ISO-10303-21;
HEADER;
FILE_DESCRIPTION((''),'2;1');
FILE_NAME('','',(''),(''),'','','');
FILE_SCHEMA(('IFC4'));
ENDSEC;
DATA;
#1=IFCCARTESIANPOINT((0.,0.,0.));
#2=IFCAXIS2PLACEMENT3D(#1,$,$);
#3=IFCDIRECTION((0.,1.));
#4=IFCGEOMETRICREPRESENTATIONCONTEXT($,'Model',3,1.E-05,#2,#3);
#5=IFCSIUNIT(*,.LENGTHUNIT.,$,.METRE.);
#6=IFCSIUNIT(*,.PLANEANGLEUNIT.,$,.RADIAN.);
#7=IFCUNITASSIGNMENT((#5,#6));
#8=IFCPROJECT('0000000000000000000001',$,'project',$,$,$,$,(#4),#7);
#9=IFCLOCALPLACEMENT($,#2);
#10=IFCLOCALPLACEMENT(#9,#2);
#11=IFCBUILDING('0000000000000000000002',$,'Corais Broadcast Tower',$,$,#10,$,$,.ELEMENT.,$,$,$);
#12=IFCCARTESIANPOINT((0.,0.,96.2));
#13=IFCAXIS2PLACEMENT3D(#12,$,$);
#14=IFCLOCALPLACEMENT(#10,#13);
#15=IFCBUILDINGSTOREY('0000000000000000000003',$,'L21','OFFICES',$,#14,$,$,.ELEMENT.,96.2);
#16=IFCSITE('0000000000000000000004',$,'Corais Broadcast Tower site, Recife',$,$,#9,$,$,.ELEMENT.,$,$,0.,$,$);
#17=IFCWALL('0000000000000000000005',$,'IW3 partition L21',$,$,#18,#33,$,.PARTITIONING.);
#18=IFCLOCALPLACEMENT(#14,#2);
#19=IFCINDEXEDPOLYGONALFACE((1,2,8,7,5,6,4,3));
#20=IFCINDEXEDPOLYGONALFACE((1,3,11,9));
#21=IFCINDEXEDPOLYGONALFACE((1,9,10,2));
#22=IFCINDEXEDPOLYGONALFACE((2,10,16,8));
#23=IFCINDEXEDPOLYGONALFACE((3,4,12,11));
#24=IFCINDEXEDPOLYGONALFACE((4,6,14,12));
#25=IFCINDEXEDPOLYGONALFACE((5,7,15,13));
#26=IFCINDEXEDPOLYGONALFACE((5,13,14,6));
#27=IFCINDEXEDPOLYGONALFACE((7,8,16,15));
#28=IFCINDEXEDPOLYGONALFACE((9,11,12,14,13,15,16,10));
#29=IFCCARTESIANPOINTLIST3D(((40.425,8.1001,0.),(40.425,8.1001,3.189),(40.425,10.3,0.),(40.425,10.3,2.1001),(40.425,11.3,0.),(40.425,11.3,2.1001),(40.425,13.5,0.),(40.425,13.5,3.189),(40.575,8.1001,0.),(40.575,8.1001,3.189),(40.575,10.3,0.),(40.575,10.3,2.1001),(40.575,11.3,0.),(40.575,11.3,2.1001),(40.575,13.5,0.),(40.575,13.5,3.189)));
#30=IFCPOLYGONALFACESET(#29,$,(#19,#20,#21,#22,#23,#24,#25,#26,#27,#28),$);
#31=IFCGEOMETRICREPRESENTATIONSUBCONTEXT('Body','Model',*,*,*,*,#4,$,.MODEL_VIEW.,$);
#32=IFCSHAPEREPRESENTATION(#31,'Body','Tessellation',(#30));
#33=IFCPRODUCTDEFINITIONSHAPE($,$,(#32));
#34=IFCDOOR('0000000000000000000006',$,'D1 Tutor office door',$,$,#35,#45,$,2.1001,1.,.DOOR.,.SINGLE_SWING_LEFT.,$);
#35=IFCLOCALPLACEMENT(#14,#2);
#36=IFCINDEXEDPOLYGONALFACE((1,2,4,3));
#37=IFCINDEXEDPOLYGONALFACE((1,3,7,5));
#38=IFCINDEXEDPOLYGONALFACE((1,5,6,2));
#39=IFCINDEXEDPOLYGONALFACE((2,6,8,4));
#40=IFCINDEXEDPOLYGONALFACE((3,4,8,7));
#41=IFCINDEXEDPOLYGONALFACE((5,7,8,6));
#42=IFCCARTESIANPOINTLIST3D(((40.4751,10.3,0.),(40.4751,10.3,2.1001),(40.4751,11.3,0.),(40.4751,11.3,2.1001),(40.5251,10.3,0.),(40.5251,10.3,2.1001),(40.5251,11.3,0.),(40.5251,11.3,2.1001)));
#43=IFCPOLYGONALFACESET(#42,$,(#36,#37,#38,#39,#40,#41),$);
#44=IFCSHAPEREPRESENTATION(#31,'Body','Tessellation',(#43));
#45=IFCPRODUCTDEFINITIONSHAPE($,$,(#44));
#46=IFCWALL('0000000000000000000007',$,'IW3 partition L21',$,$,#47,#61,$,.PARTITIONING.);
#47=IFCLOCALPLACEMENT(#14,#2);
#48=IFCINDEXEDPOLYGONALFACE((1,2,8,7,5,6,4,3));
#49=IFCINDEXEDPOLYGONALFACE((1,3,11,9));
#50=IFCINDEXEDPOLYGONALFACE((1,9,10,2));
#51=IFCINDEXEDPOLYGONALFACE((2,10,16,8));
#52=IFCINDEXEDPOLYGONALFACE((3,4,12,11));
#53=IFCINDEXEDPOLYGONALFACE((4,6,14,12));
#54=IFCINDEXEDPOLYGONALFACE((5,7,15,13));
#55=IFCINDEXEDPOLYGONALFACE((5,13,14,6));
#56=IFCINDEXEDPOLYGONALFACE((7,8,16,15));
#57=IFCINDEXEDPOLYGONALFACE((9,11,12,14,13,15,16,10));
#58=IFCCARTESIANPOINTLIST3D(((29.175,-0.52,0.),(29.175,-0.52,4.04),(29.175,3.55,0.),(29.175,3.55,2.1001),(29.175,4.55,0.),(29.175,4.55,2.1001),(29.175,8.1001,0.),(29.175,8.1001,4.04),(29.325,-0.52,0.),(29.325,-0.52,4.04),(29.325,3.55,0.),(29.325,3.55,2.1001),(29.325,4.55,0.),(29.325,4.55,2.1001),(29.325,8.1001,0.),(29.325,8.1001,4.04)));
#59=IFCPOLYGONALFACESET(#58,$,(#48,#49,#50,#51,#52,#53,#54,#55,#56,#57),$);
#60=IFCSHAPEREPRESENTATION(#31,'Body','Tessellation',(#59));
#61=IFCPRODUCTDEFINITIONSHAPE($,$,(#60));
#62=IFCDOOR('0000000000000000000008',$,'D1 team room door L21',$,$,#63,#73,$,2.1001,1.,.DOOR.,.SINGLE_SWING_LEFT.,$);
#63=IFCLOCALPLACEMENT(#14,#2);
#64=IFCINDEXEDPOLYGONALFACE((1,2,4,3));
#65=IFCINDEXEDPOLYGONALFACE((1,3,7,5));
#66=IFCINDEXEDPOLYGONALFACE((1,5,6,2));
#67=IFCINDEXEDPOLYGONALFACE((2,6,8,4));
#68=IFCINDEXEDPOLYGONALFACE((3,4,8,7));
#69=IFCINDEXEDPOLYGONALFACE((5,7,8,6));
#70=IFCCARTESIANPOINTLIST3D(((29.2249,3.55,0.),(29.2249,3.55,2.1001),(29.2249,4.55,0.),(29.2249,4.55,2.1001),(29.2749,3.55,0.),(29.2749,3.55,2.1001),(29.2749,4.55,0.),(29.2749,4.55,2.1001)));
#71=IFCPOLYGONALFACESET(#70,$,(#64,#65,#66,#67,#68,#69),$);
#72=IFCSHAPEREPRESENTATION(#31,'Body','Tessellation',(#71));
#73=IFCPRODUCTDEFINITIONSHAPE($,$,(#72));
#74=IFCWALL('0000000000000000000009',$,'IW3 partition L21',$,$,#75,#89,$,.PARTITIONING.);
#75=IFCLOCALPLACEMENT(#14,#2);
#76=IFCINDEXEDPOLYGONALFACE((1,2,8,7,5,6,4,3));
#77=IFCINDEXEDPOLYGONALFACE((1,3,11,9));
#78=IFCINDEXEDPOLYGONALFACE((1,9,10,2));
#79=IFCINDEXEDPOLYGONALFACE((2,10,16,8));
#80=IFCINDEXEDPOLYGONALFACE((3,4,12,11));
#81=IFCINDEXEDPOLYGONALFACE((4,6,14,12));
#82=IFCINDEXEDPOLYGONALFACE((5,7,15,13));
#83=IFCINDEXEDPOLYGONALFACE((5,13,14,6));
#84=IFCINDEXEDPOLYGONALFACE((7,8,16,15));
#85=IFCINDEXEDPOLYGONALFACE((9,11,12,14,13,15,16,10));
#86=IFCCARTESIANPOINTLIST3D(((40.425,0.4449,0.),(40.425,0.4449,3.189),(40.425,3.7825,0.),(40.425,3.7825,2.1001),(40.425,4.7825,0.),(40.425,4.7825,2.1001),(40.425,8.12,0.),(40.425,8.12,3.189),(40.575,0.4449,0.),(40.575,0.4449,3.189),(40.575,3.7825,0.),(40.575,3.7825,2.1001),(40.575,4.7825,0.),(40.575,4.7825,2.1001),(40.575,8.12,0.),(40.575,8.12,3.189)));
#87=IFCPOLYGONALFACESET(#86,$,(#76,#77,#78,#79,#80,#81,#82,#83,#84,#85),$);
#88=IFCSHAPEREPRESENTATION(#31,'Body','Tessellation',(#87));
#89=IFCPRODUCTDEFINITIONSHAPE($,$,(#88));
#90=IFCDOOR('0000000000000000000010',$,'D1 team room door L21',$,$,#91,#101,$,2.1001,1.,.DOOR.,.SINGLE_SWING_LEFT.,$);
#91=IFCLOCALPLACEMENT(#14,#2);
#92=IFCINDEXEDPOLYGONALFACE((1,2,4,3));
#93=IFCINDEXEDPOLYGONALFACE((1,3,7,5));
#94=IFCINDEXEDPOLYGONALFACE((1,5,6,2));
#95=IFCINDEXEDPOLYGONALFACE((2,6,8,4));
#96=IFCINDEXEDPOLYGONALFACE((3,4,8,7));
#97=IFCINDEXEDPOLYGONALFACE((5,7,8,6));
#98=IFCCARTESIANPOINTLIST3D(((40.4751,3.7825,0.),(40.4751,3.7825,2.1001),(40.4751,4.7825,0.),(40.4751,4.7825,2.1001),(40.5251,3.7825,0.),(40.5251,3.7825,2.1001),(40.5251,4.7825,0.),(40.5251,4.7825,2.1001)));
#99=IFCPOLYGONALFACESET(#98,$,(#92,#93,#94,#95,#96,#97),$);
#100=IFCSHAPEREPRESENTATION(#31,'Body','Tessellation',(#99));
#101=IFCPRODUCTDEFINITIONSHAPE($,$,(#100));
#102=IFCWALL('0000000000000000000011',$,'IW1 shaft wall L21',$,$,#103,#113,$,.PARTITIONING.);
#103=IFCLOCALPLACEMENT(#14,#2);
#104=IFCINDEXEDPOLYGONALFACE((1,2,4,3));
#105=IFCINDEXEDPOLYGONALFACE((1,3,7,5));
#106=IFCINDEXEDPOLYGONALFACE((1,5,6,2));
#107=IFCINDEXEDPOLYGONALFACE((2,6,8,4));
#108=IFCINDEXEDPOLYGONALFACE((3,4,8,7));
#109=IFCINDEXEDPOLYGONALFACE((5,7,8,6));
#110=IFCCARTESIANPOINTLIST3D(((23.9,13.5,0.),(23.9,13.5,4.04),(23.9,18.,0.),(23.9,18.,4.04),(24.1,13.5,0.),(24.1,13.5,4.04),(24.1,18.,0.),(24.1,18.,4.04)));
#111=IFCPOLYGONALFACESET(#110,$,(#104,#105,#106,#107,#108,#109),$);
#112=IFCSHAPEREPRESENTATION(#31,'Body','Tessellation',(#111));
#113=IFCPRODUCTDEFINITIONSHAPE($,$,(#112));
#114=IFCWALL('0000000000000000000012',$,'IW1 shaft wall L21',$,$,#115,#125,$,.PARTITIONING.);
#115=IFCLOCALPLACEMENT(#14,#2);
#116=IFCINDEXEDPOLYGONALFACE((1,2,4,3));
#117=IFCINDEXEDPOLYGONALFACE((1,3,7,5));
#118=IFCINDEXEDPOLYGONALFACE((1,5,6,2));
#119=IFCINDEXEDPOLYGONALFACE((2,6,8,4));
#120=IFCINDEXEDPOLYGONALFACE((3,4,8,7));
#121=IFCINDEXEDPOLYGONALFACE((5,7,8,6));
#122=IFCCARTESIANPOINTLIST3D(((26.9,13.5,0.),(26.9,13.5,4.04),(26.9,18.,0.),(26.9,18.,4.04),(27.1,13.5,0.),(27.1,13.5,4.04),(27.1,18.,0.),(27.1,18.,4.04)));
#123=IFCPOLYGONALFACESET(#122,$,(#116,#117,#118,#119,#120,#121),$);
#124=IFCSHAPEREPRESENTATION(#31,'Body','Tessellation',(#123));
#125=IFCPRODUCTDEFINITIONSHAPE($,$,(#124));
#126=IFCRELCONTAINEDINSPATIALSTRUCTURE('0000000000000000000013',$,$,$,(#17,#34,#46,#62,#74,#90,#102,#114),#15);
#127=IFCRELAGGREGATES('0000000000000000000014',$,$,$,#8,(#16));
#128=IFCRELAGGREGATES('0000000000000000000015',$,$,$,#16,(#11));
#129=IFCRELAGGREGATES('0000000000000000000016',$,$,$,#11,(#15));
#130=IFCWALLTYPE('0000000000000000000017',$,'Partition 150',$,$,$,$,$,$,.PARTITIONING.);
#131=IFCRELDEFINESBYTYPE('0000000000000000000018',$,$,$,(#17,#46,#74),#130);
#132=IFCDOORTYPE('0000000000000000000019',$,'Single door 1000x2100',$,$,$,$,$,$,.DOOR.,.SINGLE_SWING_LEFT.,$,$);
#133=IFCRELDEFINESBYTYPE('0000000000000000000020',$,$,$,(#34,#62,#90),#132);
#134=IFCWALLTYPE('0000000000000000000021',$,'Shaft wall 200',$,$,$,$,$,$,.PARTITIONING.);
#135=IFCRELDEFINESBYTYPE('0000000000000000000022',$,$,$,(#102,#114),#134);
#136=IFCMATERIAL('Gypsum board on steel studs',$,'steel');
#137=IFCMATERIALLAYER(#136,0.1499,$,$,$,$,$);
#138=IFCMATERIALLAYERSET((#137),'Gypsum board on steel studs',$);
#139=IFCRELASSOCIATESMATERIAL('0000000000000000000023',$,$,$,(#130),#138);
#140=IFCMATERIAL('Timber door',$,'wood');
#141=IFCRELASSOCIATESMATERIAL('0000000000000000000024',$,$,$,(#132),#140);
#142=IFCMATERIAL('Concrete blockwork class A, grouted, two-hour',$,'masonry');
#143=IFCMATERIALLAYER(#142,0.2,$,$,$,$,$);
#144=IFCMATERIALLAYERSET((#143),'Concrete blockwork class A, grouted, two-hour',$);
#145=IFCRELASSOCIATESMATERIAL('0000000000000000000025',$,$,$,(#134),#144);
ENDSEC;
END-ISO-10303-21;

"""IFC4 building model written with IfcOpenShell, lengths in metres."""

from ifc_helpers import new_model, si_unit, direction, frame, frame_2d, origin, place, context, subcontext, project, spatial, rectangle, extrude, material, layer, layer_set, type_object, element, fill, save


model = new_model("IFC4")

# Units and contexts
model_context = context("Model", 3, precision=1e-05, world=origin(), true_north=direction((0.0, 1.0)))
body_context = subcontext(model_context, "Body", "Model", "MODEL_VIEW")
ifc_project = project(units=[si_unit("LENGTHUNIT", "METRE"), si_unit("PLANEANGLEUNIT", "RADIAN")], contexts=[model_context])

# Site, building, storey
site_placement = place(None, origin())
site = spatial("IfcSite", under=ifc_project, at=site_placement, Name="Corais Broadcast Tower site, Recife", CompositionType="ELEMENT", RefElevation=0.0)
building_placement = place(site_placement, origin())
building = spatial("IfcBuilding", under=site, at=building_placement, Name="Corais Broadcast Tower", CompositionType="ELEMENT")
storey_placement = place(building_placement, frame((0.0, 0.0, 96.2)))
storey = spatial("IfcBuildingStorey", under=building, at=storey_placement, Name="L21", Description="OFFICES", CompositionType="ELEMENT", Elevation=96.2)

# Shared definitions
ifc_material_1 = material(Name="Gypsum board on steel studs", Category="steel")
ifc_layer_1 = layer(ifc_material_1, 0.1499)
ifc_layer_set_1 = layer_set([ifc_layer_1], Name="Gypsum board on steel studs")
wall_type_1 = type_object("IfcWallType", Name="Partition 150", PredefinedType="PARTITIONING", material=ifc_layer_set_1)

# Shared definitions
ifc_material_2 = material(Name="Timber door", Category="wood")
door_type = type_object("IfcDoorType", Name="Single door 1000x2100", OperationType="SINGLE_SWING_LEFT", PredefinedType="DOOR", material=ifc_material_2)

# Walls, openings, doors
wall_1_placement = place(storey_placement, frame((40.5, 8.1001, 0.0), z_axis=(0.0, 0.0, 1.0), x_axis=(0.0, 1.0, 0.0)))
wall_1 = element("IfcWall", 1, at=wall_1_placement, inside=storey, type_object=wall_type_1, Name="IW3 partition L21", PredefinedType="PARTITIONING", context=body_context, shape_type="SweptSolid", body=[
    extrude(rectangle(XDim=5.3999, YDim=0.1499, at=frame_2d((2.7, 0.0))), origin(), (0.0, 0.0, 1.0), 3.189),
])
opening_1_placement = place(wall_1_placement, frame((2.2, 0.0, 0.0)))
opening_1 = element("IfcOpeningElement", 2, at=opening_1_placement, cuts=wall_1, PredefinedType="OPENING", context=body_context, shape_type="SweptSolid", body=[
    extrude(rectangle(XDim=1.0, YDim=2.1001, at=frame_2d((0.5, 1.05))), frame((0.0, 0.085, 0.0), z_axis=(0.0, -1.0, 0.0), x_axis=(1.0, 0.0, 0.0)), (0.0, 0.0, 1.0), 0.1699),
])
door_1_placement = place(opening_1_placement, origin())
door_1 = element("IfcDoor", 3, at=door_1_placement, inside=storey, type_object=door_type, Name="D1 Tutor office door", OperationType="SINGLE_SWING_LEFT", OverallHeight=2.1001, OverallWidth=1.0, PredefinedType="DOOR", context=body_context, shape_type="SweptSolid", body=[
    extrude(rectangle(XDim=1.0, YDim=2.1001, at=frame_2d((0.5, 1.05))), frame((0.0, 0.0249, 0.0), z_axis=(0.0, -1.0, 0.0), x_axis=(1.0, 0.0, 0.0)), (0.0, 0.0, 1.0), 0.05),
])
fill(opening_1, door_1)
wall_2_placement = place(storey_placement, frame((29.25, 8.1001, 0.0), z_axis=(0.0, 0.0, 1.0), x_axis=(0.0, -1.0, 0.0)))
wall_2 = element("IfcWall", 4, at=wall_2_placement, inside=storey, type_object=wall_type_1, Name="IW3 partition L21", PredefinedType="PARTITIONING", context=body_context, shape_type="SweptSolid", body=[
    extrude(rectangle(XDim=8.6201, YDim=0.1499, at=frame_2d((4.3101, 0.0))), origin(), (0.0, 0.0, 1.0), 4.04),
])
opening_2_placement = place(wall_2_placement, frame((3.55, 0.0, 0.0)))
opening_2 = element("IfcOpeningElement", 5, at=opening_2_placement, cuts=wall_2, PredefinedType="OPENING", context=body_context, shape_type="SweptSolid", body=[
    extrude(rectangle(XDim=1.0, YDim=2.1001, at=frame_2d((0.5, 1.05))), frame((0.0, 0.085, 0.0), z_axis=(0.0, -1.0, 0.0), x_axis=(1.0, 0.0, 0.0)), (0.0, 0.0, 1.0), 0.1699),
])
door_2_placement = place(opening_2_placement, origin())
door_2 = element("IfcDoor", 6, at=door_2_placement, inside=storey, type_object=door_type, Name="D1 team room door L21", OperationType="SINGLE_SWING_LEFT", OverallHeight=2.1001, OverallWidth=1.0, PredefinedType="DOOR", context=body_context, shape_type="SweptSolid", body=[
    extrude(rectangle(XDim=1.0, YDim=2.1001, at=frame_2d((0.5, 1.05))), frame((0.0, 0.0249, 0.0), z_axis=(0.0, -1.0, 0.0), x_axis=(1.0, 0.0, 0.0)), (0.0, 0.0, 1.0), 0.05),
])
fill(opening_2, door_2)
wall_3_placement = place(storey_placement, frame((40.5, 0.4451, 0.0), z_axis=(0.0, 0.0, 1.0), x_axis=(0.0, 1.0, 0.0)))
wall_3 = element("IfcWall", 7, at=wall_3_placement, inside=storey, type_object=wall_type_1, Name="IW3 partition L21", PredefinedType="PARTITIONING", context=body_context, shape_type="SweptSolid", body=[
    extrude(rectangle(XDim=7.675, YDim=0.1499, at=frame_2d((3.8374, 0.0))), origin(), (0.0, 0.0, 1.0), 3.189),
])
opening_3_placement = place(wall_3_placement, frame((3.3374, 0.0, 0.0)))
opening_3 = element("IfcOpeningElement", 8, at=opening_3_placement, cuts=wall_3, PredefinedType="OPENING", context=body_context, shape_type="SweptSolid", body=[
    extrude(rectangle(XDim=1.0, YDim=2.1001, at=frame_2d((0.5, 1.05))), frame((0.0, 0.085, 0.0), z_axis=(0.0, -1.0, 0.0), x_axis=(1.0, 0.0, 0.0)), (0.0, 0.0, 1.0), 0.1699),
])
door_3_placement = place(opening_3_placement, origin())
door_3 = element("IfcDoor", 9, at=door_3_placement, inside=storey, type_object=door_type, Name="D1 team room door L21", OperationType="SINGLE_SWING_LEFT", OverallHeight=2.1001, OverallWidth=1.0, PredefinedType="DOOR", context=body_context, shape_type="SweptSolid", body=[
    extrude(rectangle(XDim=1.0, YDim=2.1001, at=frame_2d((0.5, 1.05))), frame((0.0, 0.0249, 0.0), z_axis=(0.0, -1.0, 0.0), x_axis=(1.0, 0.0, 0.0)), (0.0, 0.0, 1.0), 0.05),
])
fill(opening_3, door_3)

# Walls
ifc_material_3 = material(Name="Concrete blockwork class A, grouted, two-hour", Category="masonry")
ifc_layer_2 = layer(ifc_material_3, 0.2)
ifc_layer_set_2 = layer_set([ifc_layer_2], Name="Concrete blockwork class A, grouted, two-hour")
wall_type_2 = type_object("IfcWallType", Name="Shaft wall 200", PredefinedType="PARTITIONING", material=ifc_layer_set_2)
for number, where, z_axis, x_axis, name in (
    (10, (24.0, 13.5, 0.0), (0.0, 0.0, 1.0), (0.0, 1.0, 0.0), "IW1 shaft wall L21"),
    (11, (27.0, 13.5, 0.0), (0.0, 0.0, 1.0), (0.0, 1.0, 0.0), "IW1 shaft wall L21"),
):
    element("IfcWall", number, at=place(storey_placement, frame(where, z_axis=z_axis, x_axis=x_axis)), inside=storey, type_object=wall_type_2, Name=name, PredefinedType="PARTITIONING", context=body_context, shape_type="SweptSolid", body=[
        extrude(rectangle(XDim=4.5, YDim=0.2, at=frame_2d((2.25, 0.0))), origin(), (0.0, 0.0, 1.0), 4.04),
    ])

save(model, "model.ifc")
